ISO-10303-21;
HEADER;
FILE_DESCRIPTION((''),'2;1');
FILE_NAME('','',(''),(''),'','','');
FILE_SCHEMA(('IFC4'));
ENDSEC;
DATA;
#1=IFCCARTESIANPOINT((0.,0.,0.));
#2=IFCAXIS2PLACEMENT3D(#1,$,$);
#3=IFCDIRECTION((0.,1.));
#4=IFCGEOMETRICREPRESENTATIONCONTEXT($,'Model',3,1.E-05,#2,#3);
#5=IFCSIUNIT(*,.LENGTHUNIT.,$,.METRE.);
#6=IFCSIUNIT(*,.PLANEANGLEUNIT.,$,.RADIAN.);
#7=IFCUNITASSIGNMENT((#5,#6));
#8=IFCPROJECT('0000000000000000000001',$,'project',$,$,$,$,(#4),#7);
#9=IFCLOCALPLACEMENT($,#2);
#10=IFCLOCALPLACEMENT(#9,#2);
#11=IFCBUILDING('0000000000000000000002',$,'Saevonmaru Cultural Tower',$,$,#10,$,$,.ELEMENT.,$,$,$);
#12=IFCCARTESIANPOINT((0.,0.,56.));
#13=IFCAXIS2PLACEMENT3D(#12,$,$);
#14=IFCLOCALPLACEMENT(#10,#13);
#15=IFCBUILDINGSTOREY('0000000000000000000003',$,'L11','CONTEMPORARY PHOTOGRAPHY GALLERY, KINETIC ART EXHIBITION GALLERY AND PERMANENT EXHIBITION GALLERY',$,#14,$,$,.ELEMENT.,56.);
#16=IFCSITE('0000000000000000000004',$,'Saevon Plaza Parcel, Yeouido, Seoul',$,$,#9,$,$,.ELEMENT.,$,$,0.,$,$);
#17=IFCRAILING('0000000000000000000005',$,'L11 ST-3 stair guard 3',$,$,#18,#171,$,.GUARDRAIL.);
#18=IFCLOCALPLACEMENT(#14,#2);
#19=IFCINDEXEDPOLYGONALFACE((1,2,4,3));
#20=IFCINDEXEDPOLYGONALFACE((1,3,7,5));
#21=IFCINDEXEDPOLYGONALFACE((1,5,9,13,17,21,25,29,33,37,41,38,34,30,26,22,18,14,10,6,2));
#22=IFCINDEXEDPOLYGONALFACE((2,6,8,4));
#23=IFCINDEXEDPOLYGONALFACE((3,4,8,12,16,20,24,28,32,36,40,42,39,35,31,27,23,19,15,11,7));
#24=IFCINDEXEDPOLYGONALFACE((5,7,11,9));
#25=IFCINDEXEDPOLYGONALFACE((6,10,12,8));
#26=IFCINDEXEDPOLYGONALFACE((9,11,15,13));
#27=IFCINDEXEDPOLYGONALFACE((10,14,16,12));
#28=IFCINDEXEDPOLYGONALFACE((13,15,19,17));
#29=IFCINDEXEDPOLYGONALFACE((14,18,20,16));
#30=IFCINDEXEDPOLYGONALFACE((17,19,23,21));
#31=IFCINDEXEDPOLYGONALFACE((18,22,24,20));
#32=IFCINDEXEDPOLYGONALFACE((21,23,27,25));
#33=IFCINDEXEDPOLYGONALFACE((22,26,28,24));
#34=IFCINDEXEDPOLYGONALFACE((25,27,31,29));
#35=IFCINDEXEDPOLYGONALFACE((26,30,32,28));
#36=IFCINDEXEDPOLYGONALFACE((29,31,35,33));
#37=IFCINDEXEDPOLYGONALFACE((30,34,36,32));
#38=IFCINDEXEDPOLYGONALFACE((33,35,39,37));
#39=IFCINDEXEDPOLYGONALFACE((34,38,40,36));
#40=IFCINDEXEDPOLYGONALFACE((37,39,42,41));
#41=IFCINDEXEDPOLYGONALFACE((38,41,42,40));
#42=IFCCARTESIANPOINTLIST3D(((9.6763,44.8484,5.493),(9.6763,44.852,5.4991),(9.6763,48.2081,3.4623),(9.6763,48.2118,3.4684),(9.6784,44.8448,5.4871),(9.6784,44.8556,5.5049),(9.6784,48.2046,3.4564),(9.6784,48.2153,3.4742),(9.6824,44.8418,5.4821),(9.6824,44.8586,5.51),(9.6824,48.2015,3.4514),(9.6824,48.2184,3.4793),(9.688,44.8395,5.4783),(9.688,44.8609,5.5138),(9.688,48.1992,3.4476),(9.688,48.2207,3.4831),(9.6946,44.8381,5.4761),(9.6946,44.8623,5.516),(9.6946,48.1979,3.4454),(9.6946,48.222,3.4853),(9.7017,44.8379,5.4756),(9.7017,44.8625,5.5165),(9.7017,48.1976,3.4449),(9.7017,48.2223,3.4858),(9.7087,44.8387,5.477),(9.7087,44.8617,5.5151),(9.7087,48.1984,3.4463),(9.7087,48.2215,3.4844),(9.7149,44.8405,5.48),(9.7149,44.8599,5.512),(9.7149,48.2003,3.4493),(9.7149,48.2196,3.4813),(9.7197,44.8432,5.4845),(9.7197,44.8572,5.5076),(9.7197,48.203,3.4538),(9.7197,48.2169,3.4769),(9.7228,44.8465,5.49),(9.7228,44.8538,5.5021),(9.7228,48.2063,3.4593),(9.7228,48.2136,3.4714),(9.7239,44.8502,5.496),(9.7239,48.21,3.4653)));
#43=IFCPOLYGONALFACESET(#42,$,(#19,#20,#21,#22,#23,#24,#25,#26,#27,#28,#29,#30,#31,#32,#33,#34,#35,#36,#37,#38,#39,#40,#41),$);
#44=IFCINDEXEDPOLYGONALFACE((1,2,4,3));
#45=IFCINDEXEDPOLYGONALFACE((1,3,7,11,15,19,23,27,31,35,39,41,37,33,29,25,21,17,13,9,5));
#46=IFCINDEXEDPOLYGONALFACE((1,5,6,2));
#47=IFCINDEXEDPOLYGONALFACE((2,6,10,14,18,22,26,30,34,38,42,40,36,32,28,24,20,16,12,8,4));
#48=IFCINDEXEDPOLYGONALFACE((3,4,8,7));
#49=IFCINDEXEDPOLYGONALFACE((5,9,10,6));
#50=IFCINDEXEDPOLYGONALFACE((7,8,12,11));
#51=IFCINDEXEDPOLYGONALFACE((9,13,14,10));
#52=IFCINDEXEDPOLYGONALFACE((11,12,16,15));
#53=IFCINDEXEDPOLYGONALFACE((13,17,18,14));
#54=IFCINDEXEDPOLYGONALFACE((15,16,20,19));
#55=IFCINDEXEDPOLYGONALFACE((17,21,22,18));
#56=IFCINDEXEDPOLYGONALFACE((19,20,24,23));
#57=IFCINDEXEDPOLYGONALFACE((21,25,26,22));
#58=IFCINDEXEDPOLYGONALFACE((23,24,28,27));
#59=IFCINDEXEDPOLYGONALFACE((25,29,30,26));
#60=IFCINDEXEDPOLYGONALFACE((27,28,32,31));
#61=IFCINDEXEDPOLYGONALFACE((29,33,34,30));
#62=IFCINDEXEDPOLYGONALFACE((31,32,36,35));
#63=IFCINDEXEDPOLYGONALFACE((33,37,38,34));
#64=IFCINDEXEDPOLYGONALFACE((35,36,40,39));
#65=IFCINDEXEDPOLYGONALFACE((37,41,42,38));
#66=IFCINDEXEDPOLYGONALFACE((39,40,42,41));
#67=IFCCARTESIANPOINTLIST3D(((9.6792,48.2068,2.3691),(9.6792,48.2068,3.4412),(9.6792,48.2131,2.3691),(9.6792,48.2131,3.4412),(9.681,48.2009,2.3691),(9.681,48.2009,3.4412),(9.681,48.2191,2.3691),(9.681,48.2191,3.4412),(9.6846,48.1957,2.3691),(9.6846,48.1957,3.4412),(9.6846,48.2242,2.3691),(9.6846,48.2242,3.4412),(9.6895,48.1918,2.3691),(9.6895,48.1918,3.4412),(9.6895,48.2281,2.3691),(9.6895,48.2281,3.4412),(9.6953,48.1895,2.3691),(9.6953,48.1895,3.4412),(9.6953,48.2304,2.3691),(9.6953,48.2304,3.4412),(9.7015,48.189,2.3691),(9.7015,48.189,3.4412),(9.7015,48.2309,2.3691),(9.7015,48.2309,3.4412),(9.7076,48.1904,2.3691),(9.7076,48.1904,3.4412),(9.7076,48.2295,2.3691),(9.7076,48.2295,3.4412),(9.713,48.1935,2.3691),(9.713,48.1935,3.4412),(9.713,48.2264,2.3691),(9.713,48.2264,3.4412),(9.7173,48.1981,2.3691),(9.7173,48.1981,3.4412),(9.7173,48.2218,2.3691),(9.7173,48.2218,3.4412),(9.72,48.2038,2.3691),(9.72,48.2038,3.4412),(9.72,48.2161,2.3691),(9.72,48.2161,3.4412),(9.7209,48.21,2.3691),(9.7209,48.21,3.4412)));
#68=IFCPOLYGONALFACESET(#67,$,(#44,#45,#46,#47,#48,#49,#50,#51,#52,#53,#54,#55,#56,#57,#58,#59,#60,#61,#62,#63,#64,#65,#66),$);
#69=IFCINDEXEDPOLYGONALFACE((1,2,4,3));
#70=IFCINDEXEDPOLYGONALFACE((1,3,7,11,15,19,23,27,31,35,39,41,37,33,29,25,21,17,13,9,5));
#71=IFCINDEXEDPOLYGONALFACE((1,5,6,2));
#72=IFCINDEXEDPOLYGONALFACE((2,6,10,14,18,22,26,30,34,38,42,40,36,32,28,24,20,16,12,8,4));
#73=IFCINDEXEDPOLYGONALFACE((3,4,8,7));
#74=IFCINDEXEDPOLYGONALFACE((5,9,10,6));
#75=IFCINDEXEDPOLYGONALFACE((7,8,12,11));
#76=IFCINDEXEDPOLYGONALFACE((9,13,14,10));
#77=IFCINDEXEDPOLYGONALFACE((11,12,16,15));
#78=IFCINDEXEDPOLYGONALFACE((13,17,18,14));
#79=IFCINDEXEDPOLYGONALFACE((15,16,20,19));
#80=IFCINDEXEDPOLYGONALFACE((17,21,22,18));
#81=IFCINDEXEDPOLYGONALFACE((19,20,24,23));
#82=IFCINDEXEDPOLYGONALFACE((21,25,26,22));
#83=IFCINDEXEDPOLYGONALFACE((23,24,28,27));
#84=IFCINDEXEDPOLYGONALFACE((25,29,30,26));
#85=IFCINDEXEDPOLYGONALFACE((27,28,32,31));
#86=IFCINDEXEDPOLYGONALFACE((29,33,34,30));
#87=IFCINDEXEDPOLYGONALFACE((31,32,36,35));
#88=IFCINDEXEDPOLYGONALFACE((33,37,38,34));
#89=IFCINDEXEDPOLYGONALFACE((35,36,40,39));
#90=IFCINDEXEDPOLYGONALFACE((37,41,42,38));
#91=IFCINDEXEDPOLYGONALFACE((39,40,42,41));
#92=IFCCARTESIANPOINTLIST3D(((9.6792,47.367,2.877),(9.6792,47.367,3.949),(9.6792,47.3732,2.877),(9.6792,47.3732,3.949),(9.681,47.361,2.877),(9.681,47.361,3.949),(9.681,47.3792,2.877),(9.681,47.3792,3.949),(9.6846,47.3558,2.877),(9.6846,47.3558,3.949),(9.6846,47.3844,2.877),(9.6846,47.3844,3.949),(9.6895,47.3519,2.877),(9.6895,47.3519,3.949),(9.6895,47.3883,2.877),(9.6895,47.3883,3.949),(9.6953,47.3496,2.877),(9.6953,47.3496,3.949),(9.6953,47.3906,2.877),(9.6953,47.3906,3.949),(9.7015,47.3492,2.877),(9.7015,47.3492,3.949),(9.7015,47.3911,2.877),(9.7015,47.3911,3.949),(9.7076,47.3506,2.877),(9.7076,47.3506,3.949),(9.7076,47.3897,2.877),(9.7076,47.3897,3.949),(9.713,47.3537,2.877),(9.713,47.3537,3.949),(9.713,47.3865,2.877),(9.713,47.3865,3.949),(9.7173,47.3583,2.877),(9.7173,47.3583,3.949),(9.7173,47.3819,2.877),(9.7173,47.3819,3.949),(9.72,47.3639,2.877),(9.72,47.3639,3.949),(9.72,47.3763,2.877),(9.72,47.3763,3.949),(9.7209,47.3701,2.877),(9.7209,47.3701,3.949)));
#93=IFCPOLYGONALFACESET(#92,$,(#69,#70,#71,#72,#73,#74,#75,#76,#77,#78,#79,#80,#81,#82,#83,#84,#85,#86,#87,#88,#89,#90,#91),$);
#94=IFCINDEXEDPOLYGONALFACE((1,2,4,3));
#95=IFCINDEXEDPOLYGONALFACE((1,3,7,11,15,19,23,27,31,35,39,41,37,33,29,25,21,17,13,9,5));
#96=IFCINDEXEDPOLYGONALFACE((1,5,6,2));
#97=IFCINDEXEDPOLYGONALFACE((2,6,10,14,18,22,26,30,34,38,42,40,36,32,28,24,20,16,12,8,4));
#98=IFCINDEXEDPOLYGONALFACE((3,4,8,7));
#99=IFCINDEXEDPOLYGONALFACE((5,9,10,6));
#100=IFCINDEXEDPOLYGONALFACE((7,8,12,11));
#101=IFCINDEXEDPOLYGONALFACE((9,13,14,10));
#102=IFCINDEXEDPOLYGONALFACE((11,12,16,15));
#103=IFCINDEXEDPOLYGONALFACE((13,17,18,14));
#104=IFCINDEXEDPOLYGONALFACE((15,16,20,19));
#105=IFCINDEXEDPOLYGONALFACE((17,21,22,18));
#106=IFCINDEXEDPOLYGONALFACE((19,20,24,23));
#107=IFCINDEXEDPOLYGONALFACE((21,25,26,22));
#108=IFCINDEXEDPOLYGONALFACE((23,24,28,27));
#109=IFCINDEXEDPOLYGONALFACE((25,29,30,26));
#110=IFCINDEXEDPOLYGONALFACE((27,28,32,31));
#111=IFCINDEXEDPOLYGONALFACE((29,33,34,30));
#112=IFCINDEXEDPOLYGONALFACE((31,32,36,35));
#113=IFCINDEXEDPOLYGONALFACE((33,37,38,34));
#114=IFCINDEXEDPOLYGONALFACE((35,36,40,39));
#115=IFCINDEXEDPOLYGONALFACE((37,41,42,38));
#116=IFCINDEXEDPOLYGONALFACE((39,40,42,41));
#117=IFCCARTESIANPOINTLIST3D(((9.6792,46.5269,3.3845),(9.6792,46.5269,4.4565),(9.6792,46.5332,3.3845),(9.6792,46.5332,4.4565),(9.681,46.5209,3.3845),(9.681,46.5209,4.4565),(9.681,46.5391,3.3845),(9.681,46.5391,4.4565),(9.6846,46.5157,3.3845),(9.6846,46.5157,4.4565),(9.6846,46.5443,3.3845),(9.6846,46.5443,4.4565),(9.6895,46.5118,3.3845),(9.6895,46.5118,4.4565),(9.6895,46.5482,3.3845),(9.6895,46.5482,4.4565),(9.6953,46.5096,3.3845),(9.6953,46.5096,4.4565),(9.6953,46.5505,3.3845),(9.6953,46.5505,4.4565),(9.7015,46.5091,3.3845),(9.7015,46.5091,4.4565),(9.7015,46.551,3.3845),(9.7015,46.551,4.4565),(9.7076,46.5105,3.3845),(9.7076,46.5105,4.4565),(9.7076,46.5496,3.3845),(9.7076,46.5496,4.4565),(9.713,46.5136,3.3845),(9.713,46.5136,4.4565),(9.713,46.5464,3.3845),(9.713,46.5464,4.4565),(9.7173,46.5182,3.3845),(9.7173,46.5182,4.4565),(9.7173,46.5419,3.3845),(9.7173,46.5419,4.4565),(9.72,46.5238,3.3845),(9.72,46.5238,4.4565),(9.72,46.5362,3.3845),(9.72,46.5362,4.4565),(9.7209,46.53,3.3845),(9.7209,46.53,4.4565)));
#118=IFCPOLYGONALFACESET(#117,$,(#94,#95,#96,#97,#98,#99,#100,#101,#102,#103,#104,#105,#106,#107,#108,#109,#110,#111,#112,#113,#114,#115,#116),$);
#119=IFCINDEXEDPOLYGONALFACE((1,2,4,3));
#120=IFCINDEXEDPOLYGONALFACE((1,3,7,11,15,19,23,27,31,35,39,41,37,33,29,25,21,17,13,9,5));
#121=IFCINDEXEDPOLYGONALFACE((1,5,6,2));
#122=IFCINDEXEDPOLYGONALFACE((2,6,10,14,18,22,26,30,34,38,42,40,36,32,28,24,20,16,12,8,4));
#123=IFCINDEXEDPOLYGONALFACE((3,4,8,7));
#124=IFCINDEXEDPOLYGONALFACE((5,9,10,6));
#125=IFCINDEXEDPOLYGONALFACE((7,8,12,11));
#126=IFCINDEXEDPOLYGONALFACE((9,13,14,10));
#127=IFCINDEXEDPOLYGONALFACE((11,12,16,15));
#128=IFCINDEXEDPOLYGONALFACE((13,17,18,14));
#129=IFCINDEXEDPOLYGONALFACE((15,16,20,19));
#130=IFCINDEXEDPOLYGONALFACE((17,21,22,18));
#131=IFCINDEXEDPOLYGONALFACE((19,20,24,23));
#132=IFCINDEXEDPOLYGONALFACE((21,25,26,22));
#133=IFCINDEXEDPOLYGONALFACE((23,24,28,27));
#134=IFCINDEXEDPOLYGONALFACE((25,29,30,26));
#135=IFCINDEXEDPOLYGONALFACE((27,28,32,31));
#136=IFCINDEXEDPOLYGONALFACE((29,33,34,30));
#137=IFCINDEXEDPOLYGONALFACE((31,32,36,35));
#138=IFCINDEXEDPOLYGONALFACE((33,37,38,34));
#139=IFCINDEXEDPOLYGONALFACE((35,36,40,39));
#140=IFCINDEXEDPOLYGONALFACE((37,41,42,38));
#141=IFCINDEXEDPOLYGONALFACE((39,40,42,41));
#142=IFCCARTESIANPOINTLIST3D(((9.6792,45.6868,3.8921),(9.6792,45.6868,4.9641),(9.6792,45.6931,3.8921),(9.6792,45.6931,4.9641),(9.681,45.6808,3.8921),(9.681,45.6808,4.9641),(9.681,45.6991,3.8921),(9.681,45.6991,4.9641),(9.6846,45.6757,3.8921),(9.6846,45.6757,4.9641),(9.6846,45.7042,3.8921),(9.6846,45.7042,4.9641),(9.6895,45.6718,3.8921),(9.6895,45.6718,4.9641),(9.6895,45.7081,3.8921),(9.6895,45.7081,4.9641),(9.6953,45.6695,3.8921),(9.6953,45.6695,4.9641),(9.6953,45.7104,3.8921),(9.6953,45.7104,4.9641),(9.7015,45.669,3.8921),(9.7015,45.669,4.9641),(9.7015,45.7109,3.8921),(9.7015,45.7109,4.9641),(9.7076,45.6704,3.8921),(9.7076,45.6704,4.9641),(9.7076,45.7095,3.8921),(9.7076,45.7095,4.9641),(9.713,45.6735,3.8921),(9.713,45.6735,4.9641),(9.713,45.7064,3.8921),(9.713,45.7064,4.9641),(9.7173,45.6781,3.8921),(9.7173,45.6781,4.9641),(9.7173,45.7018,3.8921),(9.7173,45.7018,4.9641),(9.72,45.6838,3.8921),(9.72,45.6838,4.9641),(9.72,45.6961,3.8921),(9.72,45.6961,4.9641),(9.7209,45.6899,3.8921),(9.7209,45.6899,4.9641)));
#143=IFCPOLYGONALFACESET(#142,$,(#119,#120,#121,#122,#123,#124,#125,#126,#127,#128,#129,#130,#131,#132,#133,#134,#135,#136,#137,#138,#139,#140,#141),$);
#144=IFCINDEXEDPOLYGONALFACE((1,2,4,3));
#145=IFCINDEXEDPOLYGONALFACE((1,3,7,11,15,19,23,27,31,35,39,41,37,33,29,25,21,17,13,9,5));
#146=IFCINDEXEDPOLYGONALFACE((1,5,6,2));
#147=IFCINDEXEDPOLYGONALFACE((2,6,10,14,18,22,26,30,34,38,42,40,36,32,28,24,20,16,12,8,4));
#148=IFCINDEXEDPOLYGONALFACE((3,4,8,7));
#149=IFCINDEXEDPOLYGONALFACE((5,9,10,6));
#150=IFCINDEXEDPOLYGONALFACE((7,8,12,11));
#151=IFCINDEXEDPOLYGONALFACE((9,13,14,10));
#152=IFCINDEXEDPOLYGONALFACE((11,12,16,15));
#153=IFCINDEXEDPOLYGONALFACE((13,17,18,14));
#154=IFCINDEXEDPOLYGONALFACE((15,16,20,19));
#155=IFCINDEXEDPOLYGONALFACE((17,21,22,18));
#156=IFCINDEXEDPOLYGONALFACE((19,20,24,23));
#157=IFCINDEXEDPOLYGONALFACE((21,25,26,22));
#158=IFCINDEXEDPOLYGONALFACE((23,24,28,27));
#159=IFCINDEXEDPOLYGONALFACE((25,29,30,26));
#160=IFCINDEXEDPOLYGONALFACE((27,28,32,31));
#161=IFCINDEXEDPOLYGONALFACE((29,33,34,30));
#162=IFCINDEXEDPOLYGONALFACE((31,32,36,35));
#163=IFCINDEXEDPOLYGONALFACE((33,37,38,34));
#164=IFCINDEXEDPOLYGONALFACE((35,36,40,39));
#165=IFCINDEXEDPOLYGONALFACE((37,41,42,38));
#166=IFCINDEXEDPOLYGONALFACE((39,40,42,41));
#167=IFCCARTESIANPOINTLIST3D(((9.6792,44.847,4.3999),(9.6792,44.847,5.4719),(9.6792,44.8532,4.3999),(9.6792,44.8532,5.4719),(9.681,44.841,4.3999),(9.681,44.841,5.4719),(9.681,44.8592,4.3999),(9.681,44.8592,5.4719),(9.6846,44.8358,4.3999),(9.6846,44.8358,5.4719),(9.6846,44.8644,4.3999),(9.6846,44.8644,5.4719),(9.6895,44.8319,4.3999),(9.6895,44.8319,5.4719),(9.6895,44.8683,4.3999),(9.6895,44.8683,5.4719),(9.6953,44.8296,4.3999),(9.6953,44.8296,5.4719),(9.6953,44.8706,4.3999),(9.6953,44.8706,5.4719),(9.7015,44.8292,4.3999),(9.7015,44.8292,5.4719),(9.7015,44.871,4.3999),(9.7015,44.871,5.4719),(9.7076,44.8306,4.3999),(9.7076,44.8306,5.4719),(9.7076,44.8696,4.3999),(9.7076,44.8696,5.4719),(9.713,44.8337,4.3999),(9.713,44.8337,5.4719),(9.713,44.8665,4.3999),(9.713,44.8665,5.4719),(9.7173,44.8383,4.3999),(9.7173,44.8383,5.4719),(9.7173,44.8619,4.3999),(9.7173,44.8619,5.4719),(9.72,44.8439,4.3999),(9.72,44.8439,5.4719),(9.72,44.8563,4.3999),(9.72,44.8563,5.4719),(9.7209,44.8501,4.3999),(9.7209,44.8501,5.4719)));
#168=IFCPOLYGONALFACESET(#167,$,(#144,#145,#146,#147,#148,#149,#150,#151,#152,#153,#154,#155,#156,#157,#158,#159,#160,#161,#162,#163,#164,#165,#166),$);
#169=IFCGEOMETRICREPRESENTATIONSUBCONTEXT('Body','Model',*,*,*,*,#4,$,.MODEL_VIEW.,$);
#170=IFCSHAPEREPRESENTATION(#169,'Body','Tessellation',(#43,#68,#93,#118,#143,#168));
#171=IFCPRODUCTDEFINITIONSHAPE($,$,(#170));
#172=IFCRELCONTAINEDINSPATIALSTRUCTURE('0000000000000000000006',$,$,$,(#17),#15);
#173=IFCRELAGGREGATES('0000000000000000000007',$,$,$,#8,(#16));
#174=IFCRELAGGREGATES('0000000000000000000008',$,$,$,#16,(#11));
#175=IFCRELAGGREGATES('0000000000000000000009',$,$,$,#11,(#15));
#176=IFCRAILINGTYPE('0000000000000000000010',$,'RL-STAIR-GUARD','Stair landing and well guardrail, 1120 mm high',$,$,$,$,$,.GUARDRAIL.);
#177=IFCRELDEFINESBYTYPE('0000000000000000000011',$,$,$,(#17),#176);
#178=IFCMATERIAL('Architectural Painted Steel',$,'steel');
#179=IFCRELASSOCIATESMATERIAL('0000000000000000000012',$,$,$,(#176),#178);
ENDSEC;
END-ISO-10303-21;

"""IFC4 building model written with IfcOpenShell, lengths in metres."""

from ifc_helpers import new_model, si_unit, direction, frame, origin, origin_2d, place, context, subcontext, project, spatial, circle, extrude, material, type_object, element, save


model = new_model("IFC4")

# Units and contexts
model_context = context("Model", 3, precision=1e-05, world=origin(), true_north=direction((0.0, 1.0)))
body_context = subcontext(model_context, "Body", "Model", "MODEL_VIEW")
ifc_project = project(units=[si_unit("LENGTHUNIT", "METRE"), si_unit("PLANEANGLEUNIT", "RADIAN")], contexts=[model_context])

# Site, building, storey
site_placement = place(None, origin())
site = spatial("IfcSite", under=ifc_project, at=site_placement, Name="Saevon Plaza Parcel, Yeouido, Seoul", CompositionType="ELEMENT", RefElevation=0.0)
building_placement = place(site_placement, origin())
building = spatial("IfcBuilding", under=site, at=building_placement, Name="Saevonmaru Cultural Tower", CompositionType="ELEMENT")
storey_placement = place(building_placement, frame((0.0, 0.0, 56.0)))
storey = spatial("IfcBuildingStorey", under=building, at=storey_placement, Name="L11", Description="CONTEMPORARY PHOTOGRAPHY GALLERY, KINETIC ART EXHIBITION GALLERY AND PERMANENT EXHIBITION GALLERY", CompositionType="ELEMENT", Elevation=56.0)

# Railing
ifc_material_1 = material(Name="Architectural Painted Steel", Category="steel")
railing_type_1 = type_object("IfcRailingType", Name="RL-STAIR-GUARD", Description="Stair landing and well guardrail, 1120 mm high", PredefinedType="GUARDRAIL", material=ifc_material_1)
railing_1_placement = place(storey_placement, frame((9.7, 48.21, 2.3691)))
element("IfcRailing", 1, at=railing_1_placement, inside=storey, type_object=railing_type_1, Name="L11 ST-3 stair guard 3", PredefinedType="GUARDRAIL", context=body_context, shape_type="SweptSolid", body=[
    extrude(circle(Radius=0.0239, at=origin_2d()), frame((0.0, 0.0, 1.0962), z_axis=(0.0, -0.85582, 0.517273), x_axis=(1.0, 0.0, 0.0)), (0.0, 0.0, 1.0), 3.9258),
    extrude(circle(Radius=0.021, at=origin_2d()), origin(), (0.0, 0.0, 1.0), 1.072),
    extrude(circle(Radius=0.021, at=origin_2d()), frame((0.0, -0.8398, 0.5078)), (0.0, 0.0, 1.0), 1.072),
    extrude(circle(Radius=0.021, at=origin_2d()), frame((0.0, -1.6799, 1.0154)), (0.0, 0.0, 1.0), 1.072),
    extrude(circle(Radius=0.021, at=origin_2d()), frame((0.0, -2.52, 1.5229)), (0.0, 0.0, 1.0), 1.072),
    extrude(circle(Radius=0.021, at=origin_2d()), frame((0.0, -3.3599, 2.0308)), (0.0, 0.0, 1.0), 1.072),
])

save(model, "model.ifc")
